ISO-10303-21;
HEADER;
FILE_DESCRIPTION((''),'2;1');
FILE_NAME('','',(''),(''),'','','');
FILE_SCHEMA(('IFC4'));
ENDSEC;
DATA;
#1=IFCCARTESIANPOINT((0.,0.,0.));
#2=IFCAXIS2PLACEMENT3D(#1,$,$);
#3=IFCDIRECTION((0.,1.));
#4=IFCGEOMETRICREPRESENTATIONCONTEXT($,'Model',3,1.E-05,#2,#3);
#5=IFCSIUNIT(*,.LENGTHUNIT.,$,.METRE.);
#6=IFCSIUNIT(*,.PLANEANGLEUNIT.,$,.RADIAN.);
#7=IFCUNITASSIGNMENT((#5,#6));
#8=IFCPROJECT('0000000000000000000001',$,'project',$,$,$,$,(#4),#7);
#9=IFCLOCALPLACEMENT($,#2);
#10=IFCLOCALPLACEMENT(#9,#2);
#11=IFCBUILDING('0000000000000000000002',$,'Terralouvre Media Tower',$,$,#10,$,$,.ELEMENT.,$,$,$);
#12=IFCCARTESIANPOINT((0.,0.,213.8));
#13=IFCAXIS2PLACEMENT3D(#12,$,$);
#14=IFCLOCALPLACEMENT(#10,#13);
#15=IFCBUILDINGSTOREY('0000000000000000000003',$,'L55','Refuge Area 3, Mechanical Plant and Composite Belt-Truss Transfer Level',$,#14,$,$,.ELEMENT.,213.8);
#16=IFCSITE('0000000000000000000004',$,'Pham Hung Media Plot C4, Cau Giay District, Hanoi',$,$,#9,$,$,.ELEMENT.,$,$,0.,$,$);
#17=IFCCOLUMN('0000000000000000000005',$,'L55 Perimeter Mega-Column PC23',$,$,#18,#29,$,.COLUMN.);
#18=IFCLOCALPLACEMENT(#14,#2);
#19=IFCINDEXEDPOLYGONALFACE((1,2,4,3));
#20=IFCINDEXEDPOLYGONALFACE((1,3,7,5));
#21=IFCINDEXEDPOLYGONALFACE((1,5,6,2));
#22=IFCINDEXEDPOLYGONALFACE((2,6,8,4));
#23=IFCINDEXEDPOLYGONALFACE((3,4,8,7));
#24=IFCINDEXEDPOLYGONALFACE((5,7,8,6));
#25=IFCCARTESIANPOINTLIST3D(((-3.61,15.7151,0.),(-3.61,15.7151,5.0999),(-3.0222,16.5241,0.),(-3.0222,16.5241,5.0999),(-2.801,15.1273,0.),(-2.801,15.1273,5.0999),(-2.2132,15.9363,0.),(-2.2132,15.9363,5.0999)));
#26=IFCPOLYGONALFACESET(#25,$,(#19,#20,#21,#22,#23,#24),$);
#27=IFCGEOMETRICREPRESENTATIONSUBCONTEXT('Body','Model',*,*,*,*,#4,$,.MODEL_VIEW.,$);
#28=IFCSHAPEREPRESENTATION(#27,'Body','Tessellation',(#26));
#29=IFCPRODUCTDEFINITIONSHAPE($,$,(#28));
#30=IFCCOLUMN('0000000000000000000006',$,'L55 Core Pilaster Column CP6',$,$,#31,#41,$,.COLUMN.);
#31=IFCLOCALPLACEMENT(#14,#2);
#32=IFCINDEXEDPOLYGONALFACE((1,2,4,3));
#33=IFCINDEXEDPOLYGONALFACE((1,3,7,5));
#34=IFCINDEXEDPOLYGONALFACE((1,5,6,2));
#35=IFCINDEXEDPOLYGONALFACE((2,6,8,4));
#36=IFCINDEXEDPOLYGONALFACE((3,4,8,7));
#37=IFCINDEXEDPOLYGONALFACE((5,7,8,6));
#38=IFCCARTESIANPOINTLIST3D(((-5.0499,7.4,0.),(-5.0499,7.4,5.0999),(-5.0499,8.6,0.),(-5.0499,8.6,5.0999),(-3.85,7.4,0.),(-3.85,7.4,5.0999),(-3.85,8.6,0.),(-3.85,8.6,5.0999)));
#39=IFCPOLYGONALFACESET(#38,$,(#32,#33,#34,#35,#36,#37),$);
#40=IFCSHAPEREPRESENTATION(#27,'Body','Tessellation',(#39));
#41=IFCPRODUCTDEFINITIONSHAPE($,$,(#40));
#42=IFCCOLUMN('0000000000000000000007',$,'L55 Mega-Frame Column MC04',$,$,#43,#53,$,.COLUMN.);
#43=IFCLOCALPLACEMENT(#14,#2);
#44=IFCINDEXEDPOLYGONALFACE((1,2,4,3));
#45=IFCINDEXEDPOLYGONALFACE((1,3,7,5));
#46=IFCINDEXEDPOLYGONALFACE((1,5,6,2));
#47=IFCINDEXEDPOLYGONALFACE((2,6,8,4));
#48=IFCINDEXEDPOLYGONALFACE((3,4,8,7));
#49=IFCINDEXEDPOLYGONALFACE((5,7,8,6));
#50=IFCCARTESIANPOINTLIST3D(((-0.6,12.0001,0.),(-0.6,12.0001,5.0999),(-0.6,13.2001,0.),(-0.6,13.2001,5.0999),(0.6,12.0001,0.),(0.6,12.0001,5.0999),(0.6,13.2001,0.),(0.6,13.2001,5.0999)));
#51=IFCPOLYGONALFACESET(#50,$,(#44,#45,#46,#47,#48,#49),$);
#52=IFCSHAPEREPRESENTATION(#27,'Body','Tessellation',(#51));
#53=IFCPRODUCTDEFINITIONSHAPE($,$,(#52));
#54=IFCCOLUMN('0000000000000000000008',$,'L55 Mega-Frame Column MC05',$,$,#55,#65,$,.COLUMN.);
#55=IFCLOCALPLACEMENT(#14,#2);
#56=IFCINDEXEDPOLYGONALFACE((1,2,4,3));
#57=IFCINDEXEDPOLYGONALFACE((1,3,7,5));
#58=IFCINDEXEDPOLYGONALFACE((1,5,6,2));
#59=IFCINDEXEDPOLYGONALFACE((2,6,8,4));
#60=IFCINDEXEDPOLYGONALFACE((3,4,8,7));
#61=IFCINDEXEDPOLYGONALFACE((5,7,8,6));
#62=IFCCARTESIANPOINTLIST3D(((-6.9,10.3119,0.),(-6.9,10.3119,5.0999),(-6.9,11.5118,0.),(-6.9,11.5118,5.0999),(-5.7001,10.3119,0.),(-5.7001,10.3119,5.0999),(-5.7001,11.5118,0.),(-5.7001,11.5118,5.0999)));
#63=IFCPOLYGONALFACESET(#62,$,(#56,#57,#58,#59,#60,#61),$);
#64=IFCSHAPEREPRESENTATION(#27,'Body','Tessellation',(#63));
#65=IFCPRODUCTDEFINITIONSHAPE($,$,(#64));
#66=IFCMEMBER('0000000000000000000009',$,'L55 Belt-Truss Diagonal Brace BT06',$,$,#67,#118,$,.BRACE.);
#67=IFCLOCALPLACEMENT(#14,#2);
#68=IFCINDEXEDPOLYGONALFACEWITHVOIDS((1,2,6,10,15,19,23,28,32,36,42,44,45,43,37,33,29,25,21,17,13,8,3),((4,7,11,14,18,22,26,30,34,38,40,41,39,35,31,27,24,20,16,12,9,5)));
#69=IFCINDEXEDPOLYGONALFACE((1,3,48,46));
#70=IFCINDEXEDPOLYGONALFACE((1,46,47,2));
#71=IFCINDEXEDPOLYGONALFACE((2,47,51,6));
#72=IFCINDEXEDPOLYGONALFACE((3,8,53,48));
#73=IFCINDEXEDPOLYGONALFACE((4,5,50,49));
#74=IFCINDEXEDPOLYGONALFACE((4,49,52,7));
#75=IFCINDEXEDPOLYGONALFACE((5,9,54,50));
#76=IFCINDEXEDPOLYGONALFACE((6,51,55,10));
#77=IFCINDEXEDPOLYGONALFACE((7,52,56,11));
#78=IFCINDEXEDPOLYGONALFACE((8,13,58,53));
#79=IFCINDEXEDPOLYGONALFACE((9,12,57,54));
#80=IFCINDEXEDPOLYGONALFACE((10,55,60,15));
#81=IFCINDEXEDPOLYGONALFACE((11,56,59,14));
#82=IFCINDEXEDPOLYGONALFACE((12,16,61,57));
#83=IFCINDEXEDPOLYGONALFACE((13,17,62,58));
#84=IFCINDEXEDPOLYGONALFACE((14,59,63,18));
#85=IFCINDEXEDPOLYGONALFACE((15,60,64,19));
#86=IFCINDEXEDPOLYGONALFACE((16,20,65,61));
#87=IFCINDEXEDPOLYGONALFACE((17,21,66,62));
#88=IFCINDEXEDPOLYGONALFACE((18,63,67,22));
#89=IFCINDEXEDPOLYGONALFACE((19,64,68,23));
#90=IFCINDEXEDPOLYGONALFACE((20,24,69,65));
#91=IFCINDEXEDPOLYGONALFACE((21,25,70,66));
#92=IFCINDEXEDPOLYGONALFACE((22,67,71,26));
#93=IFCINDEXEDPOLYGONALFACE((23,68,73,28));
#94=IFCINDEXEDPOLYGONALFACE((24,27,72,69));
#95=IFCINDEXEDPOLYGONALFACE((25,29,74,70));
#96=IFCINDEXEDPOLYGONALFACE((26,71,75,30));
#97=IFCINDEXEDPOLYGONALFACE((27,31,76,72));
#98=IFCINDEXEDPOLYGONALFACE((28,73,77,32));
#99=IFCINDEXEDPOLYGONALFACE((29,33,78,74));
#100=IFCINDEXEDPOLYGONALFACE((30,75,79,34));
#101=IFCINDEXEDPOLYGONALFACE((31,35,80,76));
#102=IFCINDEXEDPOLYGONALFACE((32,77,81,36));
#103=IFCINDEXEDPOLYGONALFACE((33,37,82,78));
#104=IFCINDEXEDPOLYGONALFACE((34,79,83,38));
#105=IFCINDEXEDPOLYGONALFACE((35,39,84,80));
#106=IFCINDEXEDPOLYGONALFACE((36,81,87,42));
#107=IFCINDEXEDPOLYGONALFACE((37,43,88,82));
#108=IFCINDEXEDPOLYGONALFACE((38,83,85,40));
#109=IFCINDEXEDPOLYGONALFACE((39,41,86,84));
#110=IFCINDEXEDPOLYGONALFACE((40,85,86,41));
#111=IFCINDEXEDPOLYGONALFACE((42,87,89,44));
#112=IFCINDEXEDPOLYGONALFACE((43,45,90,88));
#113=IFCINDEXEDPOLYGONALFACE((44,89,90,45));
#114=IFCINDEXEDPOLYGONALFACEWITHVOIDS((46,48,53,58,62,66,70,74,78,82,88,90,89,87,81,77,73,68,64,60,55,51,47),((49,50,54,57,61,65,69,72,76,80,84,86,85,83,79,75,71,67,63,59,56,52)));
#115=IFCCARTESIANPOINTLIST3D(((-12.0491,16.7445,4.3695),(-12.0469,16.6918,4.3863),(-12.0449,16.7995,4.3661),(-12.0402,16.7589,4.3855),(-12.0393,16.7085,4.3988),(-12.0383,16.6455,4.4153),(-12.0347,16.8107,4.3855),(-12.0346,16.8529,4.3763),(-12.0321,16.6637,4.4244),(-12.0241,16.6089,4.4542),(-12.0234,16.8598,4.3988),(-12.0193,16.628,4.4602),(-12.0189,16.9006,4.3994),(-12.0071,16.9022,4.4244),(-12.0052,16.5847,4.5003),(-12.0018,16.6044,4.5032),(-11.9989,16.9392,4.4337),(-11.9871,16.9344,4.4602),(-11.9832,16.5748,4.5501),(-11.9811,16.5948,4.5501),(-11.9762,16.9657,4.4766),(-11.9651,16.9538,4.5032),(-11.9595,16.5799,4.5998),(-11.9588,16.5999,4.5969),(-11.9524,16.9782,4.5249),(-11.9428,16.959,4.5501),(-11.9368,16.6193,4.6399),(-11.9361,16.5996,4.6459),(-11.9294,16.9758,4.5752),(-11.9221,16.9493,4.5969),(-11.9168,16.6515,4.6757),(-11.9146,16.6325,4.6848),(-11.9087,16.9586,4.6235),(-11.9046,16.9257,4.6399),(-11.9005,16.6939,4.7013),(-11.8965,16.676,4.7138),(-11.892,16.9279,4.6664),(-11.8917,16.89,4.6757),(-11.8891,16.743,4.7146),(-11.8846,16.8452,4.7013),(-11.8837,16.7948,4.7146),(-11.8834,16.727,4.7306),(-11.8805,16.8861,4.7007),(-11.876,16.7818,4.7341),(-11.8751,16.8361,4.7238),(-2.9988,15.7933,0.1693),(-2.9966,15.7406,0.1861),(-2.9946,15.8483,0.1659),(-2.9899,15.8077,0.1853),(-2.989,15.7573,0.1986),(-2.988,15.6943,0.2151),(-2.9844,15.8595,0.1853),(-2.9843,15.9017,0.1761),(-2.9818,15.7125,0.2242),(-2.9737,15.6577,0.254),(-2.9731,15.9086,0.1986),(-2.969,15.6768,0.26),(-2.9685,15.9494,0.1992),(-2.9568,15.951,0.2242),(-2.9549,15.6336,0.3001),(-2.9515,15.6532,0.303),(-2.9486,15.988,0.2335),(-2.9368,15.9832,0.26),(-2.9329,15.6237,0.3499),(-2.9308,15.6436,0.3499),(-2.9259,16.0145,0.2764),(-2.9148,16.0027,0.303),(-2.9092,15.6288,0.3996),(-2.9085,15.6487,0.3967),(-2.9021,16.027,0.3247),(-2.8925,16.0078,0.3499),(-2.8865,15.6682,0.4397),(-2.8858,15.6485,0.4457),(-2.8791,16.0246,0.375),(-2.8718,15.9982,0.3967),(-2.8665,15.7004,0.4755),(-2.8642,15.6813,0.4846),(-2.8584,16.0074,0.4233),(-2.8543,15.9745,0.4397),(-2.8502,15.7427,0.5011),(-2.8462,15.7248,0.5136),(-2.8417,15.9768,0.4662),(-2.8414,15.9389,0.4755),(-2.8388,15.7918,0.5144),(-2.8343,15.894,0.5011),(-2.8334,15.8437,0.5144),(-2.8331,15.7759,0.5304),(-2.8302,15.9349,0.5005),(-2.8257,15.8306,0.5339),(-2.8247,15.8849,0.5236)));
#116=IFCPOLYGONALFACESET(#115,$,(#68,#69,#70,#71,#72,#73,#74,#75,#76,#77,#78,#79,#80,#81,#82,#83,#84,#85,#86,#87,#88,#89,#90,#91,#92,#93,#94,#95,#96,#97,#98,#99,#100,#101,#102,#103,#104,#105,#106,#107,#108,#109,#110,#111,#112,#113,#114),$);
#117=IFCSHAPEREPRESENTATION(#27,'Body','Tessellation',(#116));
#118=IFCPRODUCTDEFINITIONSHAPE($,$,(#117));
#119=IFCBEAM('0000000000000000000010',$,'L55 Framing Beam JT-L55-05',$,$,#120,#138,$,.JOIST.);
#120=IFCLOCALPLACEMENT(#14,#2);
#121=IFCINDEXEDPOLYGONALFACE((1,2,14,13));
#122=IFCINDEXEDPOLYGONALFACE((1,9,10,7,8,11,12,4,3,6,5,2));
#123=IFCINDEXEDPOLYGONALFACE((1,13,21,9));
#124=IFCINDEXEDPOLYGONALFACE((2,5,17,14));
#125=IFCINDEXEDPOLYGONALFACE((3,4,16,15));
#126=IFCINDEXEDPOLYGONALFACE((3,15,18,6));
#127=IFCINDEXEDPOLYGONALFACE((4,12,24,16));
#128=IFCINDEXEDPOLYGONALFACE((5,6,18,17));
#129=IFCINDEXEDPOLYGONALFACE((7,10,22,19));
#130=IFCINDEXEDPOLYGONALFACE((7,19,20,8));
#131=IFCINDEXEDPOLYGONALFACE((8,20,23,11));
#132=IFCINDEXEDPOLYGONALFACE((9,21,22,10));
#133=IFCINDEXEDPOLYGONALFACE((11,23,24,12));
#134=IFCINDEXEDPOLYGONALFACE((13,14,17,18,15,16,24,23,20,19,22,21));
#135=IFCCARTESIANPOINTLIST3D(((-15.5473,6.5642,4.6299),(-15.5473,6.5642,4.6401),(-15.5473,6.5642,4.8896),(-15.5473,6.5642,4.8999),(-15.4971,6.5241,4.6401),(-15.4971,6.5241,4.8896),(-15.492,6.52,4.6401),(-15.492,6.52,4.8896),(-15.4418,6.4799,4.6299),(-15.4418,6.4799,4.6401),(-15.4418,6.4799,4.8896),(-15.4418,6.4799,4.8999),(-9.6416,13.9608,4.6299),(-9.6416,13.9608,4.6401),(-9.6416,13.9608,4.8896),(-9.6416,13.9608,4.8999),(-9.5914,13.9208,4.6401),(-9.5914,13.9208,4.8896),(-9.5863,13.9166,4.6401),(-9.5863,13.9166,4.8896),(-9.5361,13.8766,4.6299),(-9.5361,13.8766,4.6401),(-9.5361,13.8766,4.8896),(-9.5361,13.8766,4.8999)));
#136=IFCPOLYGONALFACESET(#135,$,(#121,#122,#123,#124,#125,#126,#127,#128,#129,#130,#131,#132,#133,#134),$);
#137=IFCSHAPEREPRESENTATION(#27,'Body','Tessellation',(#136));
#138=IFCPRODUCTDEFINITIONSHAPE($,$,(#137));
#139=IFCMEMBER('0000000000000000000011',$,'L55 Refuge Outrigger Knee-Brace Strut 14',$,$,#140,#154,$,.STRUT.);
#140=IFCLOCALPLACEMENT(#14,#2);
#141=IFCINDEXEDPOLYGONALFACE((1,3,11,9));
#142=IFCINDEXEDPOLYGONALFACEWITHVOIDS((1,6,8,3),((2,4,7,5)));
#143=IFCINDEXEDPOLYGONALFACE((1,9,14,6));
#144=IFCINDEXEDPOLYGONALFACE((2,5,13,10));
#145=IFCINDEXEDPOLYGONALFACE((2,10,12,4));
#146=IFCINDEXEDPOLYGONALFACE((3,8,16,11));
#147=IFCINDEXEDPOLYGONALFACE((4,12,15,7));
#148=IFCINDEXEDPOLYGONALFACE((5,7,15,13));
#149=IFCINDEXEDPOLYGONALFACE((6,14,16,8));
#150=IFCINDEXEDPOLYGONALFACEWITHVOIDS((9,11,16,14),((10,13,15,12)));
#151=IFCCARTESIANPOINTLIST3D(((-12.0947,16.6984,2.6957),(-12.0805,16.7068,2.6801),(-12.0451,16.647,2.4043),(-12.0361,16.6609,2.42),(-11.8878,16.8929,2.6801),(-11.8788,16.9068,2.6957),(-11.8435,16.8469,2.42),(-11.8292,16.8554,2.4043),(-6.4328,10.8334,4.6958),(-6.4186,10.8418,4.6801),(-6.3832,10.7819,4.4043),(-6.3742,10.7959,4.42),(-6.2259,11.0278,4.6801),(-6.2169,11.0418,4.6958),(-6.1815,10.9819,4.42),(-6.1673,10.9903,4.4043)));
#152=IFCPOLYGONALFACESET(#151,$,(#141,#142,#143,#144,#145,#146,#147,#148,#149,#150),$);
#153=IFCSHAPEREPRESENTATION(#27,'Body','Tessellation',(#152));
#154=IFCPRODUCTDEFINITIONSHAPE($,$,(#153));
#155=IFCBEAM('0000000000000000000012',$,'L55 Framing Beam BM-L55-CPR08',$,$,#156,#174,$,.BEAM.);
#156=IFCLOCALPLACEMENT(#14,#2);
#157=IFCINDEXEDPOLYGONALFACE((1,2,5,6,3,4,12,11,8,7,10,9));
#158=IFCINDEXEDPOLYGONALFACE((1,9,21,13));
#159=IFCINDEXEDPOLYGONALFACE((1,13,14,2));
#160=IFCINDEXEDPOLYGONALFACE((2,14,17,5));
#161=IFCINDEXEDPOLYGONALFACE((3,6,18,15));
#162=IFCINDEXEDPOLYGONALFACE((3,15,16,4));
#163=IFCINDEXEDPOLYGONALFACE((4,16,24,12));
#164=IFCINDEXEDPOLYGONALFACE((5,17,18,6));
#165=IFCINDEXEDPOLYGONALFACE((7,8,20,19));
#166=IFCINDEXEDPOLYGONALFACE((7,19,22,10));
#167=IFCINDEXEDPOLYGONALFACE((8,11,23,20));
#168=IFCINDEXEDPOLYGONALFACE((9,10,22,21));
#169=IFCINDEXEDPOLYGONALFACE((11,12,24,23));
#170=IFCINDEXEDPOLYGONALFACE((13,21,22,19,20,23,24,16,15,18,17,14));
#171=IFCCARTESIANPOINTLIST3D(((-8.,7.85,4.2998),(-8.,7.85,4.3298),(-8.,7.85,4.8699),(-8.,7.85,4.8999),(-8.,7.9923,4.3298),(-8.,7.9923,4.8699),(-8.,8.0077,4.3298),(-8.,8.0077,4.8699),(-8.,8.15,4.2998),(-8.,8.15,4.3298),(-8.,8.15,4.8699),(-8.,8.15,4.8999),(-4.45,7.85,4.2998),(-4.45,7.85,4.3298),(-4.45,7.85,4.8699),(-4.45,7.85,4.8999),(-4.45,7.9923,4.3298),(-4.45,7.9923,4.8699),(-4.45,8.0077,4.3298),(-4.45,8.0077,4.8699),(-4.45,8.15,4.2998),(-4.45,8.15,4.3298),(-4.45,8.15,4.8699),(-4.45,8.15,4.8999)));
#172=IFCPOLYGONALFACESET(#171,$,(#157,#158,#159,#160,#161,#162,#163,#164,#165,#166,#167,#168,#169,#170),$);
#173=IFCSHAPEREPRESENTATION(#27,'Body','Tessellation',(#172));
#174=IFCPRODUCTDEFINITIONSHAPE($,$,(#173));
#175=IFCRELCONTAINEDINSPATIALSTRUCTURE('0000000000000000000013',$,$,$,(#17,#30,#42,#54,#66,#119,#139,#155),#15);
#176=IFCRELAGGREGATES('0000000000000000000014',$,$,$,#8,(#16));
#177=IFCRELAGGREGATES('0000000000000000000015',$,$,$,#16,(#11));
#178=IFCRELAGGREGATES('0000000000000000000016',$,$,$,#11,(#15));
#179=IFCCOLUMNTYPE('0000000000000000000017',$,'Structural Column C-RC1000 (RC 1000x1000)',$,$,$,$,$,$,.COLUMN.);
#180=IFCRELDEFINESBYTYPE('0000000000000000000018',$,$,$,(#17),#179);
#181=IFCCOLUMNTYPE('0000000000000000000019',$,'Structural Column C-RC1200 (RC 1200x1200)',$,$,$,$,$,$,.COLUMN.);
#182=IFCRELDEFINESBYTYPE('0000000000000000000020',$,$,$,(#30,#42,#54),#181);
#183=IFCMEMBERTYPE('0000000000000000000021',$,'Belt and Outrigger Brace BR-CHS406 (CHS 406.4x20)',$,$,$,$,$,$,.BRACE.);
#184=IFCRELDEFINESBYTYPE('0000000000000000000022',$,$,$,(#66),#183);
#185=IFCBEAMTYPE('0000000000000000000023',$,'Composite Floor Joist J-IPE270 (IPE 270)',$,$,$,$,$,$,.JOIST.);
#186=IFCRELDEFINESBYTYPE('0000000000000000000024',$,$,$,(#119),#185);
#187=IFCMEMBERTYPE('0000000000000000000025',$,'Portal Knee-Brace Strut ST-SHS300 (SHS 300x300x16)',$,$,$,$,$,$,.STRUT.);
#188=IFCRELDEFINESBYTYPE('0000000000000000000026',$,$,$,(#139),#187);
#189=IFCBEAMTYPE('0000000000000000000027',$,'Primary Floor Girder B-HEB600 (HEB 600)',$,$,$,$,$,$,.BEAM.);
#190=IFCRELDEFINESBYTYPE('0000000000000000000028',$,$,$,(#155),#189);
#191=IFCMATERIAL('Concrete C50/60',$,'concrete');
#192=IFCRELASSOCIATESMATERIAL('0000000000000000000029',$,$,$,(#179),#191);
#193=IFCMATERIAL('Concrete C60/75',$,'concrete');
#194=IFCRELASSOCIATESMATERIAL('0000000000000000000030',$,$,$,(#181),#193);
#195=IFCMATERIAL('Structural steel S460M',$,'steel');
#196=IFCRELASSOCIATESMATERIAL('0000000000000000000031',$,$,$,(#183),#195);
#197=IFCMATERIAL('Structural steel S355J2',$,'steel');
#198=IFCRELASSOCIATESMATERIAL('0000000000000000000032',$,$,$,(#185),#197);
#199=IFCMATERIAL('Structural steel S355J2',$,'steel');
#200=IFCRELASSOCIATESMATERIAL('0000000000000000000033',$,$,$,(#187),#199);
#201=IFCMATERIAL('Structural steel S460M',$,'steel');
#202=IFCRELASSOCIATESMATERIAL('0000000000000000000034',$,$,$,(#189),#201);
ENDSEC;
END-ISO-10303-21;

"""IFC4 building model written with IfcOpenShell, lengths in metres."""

from ifc_helpers import new_model, si_unit, direction, frame, origin, origin_2d, place, context, subcontext, project, spatial, rectangle, hollow_rectangle, hollow_circle, i_section, extrude, material, material_profile, profile_set, type_object, element, save


model = new_model("IFC4")

# Units and contexts
model_context = context("Model", 3, precision=1e-05, world=origin(), true_north=direction((0.0, 1.0)))
body_context = subcontext(model_context, "Body", "Model", "MODEL_VIEW")
ifc_project = project(units=[si_unit("LENGTHUNIT", "METRE"), si_unit("PLANEANGLEUNIT", "RADIAN")], contexts=[model_context])

# Site, building, storey
site_placement = place(None, origin())
site = spatial("IfcSite", under=ifc_project, at=site_placement, Name="Pham Hung Media Plot C4, Cau Giay District, Hanoi", CompositionType="ELEMENT", RefElevation=0.0)
building_placement = place(site_placement, origin())
building = spatial("IfcBuilding", under=site, at=building_placement, Name="Terralouvre Media Tower", CompositionType="ELEMENT")
storey_placement = place(building_placement, frame((0.0, 0.0, 213.8)))
storey = spatial("IfcBuildingStorey", under=building, at=storey_placement, Name="L55", Description="Refuge Area 3, Mechanical Plant and Composite Belt-Truss Transfer Level", CompositionType="ELEMENT", Elevation=213.8)

# Columns
ifc_material_1 = material(Name="Concrete C50/60", Category="concrete")
ifc_material_profile_1 = material_profile(ifc_material_1, rectangle(XDim=1.0, YDim=1.0, at=origin_2d()), Name="RC 1000x1000")
ifc_profile_set_1 = profile_set([ifc_material_profile_1], Name="Concrete C50/60")
column_type_1 = type_object("IfcColumnType", Name="Structural Column C-RC1000 (RC 1000x1000)", PredefinedType="COLUMN", material=ifc_profile_set_1)
column_placement = place(storey_placement, frame((-2.9116, 15.8257, 0.0), z_axis=(0.0, 0.0, 1.0), x_axis=(0.587785, 0.809017, 0.0)))
element("IfcColumn", 1, at=column_placement, inside=storey, type_object=column_type_1, Name="L55 Perimeter Mega-Column PC23", PredefinedType="COLUMN", context=body_context, shape_type="SweptSolid", body=[
    extrude(rectangle(XDim=1.0, YDim=1.0, at=origin_2d()), origin(), (0.0, 0.0, 1.0), 5.0999),
])
ifc_material_2 = material(Name="Concrete C60/75", Category="concrete")
ifc_material_profile_2 = material_profile(ifc_material_2, rectangle(XDim=1.2, YDim=1.2, at=origin_2d()), Name="RC 1200x1200")
ifc_profile_set_2 = profile_set([ifc_material_profile_2], Name="Concrete C60/75")
column_type_2 = type_object("IfcColumnType", Name="Structural Column C-RC1200 (RC 1200x1200)", PredefinedType="COLUMN", material=ifc_profile_set_2)
for number, where, z_axis, x_axis, name in (
    (2, (-4.45, 8.0, 0.0), (0.0, 0.0, 1.0), (1.0, 0.0, 0.0), "L55 Core Pilaster Column CP6"),
    (3, (0.0, 12.6001, 0.0), (0.0, 0.0, 1.0), (1.0, 0.0, 0.0), "L55 Mega-Frame Column MC04"),
    (4, (-6.3, 10.9119, 0.0), (0.0, 0.0, 1.0), (1.0, 0.0, 0.0), "L55 Mega-Frame Column MC05"),
):
    element("IfcColumn", number, at=place(storey_placement, frame(where, z_axis=z_axis, x_axis=x_axis)), inside=storey, type_object=column_type_2, Name=name, PredefinedType="COLUMN", context=body_context, shape_type="SweptSolid", body=[
        extrude(rectangle(XDim=1.2, YDim=1.2, at=origin_2d()), origin(), (0.0, 0.0, 1.0), 5.0999),
    ])

# Member
ifc_material_3 = material(Name="Structural steel S460M", Category="steel")
ifc_material_profile_3 = material_profile(ifc_material_3, hollow_circle(Radius=0.2031, WallThickness=0.02, at=origin_2d()), Name="CHS 406.4x20")
ifc_profile_set_3 = profile_set([ifc_material_profile_3], Name="Structural steel S460M")
member_type_1 = type_object("IfcMemberType", Name="Belt and Outrigger Brace BR-CHS406 (CHS 406.4x20)", PredefinedType="BRACE", material=ifc_profile_set_3)
member_1_placement = place(storey_placement, frame((-2.9116, 15.8257, 0.3499), z_axis=(-0.902981, 0.094902, 0.419069), x_axis=(-0.104523, -0.994522, 0.0)))
element("IfcMember", 5, at=member_1_placement, inside=storey, type_object=member_type_1, Name="L55 Belt-Truss Diagonal Brace BT06", PredefinedType="BRACE", context=body_context, shape_type="SweptSolid", body=[
    extrude(hollow_circle(Radius=0.2031, WallThickness=0.02, at=origin_2d()), origin(), (0.0, 0.0, 1.0), 10.0227),
])

# Beam
ifc_material_4 = material(Name="Structural steel S355J2", Category="steel")
ifc_material_profile_4 = material_profile(ifc_material_4, i_section(OverallWidth=0.135, OverallDepth=0.27, WebThickness=0.0066, FlangeThickness=0.0103, at=origin_2d()), Name="IPE 270")
ifc_profile_set_4 = profile_set([ifc_material_profile_4], Name="Structural steel S355J2")
beam_type_1 = type_object("IfcBeamType", Name="Composite Floor Joist J-IPE270 (IPE 270)", PredefinedType="JOIST", material=ifc_profile_set_4)
beam_1_placement = place(storey_placement, frame((-9.5889, 13.9187, 4.7649), z_axis=(-0.623946, -0.781467, 0.0), x_axis=(0.781467, -0.623946, 0.0)))
element("IfcBeam", 6, at=beam_1_placement, inside=storey, type_object=beam_type_1, Name="L55 Framing Beam JT-L55-05", PredefinedType="JOIST", context=body_context, shape_type="SweptSolid", body=[
    extrude(i_section(OverallWidth=0.135, OverallDepth=0.27, WebThickness=0.0066, FlangeThickness=0.0103, at=origin_2d()), origin(), (0.0, 0.0, 1.0), 9.4651),
])

# Member
ifc_material_5 = material(Name="Structural steel S355J2", Category="steel")
ifc_material_profile_5 = material_profile(ifc_material_5, hollow_rectangle(XDim=0.3, YDim=0.3, WallThickness=0.0161, at=origin_2d()), Name="SHS 300x300x16")
ifc_profile_set_5 = profile_set([ifc_material_profile_5], Name="Structural steel S355J2")
member_type_2 = type_object("IfcMemberType", Name="Portal Knee-Brace Strut ST-SHS300 (SHS 300x300x16)", PredefinedType="STRUT", material=ifc_profile_set_5)
member_2_placement = place(storey_placement, frame((-6.3, 10.9119, 4.55), z_axis=(-0.674534, 0.698734, -0.238273), x_axis=(-0.719456, -0.694538, 0.0)))
element("IfcMember", 7, at=member_2_placement, inside=storey, type_object=member_type_2, Name="L55 Refuge Outrigger Knee-Brace Strut 14", PredefinedType="STRUT", context=body_context, shape_type="SweptSolid", body=[
    extrude(hollow_rectangle(XDim=0.3, YDim=0.3, WallThickness=0.0161, at=origin_2d()), origin(), (0.0, 0.0, 1.0), 8.3938),
])

# Beam
ifc_material_6 = material(Name="Structural steel S460M", Category="steel")
ifc_material_profile_6 = material_profile(ifc_material_6, i_section(OverallWidth=0.3, OverallDepth=0.6001, WebThickness=0.0154, FlangeThickness=0.03, at=origin_2d()), Name="HEB 600")
ifc_profile_set_6 = profile_set([ifc_material_profile_6], Name="Structural steel S460M")
beam_type_2 = type_object("IfcBeamType", Name="Primary Floor Girder B-HEB600 (HEB 600)", PredefinedType="BEAM", material=ifc_profile_set_6)
beam_2_placement = place(storey_placement, frame((-4.45, 8.0, 4.5999), z_axis=(-1.0, 0.0, 0.0), x_axis=(0.0, -1.0, 0.0)))
element("IfcBeam", 8, at=beam_2_placement, inside=storey, type_object=beam_type_2, Name="L55 Framing Beam BM-L55-CPR08", PredefinedType="BEAM", context=body_context, shape_type="SweptSolid", body=[
    extrude(i_section(OverallWidth=0.3, OverallDepth=0.6001, WebThickness=0.0154, FlangeThickness=0.03, at=origin_2d()), origin(), (0.0, 0.0, 1.0), 3.55),
])

save(model, "model.ifc")
